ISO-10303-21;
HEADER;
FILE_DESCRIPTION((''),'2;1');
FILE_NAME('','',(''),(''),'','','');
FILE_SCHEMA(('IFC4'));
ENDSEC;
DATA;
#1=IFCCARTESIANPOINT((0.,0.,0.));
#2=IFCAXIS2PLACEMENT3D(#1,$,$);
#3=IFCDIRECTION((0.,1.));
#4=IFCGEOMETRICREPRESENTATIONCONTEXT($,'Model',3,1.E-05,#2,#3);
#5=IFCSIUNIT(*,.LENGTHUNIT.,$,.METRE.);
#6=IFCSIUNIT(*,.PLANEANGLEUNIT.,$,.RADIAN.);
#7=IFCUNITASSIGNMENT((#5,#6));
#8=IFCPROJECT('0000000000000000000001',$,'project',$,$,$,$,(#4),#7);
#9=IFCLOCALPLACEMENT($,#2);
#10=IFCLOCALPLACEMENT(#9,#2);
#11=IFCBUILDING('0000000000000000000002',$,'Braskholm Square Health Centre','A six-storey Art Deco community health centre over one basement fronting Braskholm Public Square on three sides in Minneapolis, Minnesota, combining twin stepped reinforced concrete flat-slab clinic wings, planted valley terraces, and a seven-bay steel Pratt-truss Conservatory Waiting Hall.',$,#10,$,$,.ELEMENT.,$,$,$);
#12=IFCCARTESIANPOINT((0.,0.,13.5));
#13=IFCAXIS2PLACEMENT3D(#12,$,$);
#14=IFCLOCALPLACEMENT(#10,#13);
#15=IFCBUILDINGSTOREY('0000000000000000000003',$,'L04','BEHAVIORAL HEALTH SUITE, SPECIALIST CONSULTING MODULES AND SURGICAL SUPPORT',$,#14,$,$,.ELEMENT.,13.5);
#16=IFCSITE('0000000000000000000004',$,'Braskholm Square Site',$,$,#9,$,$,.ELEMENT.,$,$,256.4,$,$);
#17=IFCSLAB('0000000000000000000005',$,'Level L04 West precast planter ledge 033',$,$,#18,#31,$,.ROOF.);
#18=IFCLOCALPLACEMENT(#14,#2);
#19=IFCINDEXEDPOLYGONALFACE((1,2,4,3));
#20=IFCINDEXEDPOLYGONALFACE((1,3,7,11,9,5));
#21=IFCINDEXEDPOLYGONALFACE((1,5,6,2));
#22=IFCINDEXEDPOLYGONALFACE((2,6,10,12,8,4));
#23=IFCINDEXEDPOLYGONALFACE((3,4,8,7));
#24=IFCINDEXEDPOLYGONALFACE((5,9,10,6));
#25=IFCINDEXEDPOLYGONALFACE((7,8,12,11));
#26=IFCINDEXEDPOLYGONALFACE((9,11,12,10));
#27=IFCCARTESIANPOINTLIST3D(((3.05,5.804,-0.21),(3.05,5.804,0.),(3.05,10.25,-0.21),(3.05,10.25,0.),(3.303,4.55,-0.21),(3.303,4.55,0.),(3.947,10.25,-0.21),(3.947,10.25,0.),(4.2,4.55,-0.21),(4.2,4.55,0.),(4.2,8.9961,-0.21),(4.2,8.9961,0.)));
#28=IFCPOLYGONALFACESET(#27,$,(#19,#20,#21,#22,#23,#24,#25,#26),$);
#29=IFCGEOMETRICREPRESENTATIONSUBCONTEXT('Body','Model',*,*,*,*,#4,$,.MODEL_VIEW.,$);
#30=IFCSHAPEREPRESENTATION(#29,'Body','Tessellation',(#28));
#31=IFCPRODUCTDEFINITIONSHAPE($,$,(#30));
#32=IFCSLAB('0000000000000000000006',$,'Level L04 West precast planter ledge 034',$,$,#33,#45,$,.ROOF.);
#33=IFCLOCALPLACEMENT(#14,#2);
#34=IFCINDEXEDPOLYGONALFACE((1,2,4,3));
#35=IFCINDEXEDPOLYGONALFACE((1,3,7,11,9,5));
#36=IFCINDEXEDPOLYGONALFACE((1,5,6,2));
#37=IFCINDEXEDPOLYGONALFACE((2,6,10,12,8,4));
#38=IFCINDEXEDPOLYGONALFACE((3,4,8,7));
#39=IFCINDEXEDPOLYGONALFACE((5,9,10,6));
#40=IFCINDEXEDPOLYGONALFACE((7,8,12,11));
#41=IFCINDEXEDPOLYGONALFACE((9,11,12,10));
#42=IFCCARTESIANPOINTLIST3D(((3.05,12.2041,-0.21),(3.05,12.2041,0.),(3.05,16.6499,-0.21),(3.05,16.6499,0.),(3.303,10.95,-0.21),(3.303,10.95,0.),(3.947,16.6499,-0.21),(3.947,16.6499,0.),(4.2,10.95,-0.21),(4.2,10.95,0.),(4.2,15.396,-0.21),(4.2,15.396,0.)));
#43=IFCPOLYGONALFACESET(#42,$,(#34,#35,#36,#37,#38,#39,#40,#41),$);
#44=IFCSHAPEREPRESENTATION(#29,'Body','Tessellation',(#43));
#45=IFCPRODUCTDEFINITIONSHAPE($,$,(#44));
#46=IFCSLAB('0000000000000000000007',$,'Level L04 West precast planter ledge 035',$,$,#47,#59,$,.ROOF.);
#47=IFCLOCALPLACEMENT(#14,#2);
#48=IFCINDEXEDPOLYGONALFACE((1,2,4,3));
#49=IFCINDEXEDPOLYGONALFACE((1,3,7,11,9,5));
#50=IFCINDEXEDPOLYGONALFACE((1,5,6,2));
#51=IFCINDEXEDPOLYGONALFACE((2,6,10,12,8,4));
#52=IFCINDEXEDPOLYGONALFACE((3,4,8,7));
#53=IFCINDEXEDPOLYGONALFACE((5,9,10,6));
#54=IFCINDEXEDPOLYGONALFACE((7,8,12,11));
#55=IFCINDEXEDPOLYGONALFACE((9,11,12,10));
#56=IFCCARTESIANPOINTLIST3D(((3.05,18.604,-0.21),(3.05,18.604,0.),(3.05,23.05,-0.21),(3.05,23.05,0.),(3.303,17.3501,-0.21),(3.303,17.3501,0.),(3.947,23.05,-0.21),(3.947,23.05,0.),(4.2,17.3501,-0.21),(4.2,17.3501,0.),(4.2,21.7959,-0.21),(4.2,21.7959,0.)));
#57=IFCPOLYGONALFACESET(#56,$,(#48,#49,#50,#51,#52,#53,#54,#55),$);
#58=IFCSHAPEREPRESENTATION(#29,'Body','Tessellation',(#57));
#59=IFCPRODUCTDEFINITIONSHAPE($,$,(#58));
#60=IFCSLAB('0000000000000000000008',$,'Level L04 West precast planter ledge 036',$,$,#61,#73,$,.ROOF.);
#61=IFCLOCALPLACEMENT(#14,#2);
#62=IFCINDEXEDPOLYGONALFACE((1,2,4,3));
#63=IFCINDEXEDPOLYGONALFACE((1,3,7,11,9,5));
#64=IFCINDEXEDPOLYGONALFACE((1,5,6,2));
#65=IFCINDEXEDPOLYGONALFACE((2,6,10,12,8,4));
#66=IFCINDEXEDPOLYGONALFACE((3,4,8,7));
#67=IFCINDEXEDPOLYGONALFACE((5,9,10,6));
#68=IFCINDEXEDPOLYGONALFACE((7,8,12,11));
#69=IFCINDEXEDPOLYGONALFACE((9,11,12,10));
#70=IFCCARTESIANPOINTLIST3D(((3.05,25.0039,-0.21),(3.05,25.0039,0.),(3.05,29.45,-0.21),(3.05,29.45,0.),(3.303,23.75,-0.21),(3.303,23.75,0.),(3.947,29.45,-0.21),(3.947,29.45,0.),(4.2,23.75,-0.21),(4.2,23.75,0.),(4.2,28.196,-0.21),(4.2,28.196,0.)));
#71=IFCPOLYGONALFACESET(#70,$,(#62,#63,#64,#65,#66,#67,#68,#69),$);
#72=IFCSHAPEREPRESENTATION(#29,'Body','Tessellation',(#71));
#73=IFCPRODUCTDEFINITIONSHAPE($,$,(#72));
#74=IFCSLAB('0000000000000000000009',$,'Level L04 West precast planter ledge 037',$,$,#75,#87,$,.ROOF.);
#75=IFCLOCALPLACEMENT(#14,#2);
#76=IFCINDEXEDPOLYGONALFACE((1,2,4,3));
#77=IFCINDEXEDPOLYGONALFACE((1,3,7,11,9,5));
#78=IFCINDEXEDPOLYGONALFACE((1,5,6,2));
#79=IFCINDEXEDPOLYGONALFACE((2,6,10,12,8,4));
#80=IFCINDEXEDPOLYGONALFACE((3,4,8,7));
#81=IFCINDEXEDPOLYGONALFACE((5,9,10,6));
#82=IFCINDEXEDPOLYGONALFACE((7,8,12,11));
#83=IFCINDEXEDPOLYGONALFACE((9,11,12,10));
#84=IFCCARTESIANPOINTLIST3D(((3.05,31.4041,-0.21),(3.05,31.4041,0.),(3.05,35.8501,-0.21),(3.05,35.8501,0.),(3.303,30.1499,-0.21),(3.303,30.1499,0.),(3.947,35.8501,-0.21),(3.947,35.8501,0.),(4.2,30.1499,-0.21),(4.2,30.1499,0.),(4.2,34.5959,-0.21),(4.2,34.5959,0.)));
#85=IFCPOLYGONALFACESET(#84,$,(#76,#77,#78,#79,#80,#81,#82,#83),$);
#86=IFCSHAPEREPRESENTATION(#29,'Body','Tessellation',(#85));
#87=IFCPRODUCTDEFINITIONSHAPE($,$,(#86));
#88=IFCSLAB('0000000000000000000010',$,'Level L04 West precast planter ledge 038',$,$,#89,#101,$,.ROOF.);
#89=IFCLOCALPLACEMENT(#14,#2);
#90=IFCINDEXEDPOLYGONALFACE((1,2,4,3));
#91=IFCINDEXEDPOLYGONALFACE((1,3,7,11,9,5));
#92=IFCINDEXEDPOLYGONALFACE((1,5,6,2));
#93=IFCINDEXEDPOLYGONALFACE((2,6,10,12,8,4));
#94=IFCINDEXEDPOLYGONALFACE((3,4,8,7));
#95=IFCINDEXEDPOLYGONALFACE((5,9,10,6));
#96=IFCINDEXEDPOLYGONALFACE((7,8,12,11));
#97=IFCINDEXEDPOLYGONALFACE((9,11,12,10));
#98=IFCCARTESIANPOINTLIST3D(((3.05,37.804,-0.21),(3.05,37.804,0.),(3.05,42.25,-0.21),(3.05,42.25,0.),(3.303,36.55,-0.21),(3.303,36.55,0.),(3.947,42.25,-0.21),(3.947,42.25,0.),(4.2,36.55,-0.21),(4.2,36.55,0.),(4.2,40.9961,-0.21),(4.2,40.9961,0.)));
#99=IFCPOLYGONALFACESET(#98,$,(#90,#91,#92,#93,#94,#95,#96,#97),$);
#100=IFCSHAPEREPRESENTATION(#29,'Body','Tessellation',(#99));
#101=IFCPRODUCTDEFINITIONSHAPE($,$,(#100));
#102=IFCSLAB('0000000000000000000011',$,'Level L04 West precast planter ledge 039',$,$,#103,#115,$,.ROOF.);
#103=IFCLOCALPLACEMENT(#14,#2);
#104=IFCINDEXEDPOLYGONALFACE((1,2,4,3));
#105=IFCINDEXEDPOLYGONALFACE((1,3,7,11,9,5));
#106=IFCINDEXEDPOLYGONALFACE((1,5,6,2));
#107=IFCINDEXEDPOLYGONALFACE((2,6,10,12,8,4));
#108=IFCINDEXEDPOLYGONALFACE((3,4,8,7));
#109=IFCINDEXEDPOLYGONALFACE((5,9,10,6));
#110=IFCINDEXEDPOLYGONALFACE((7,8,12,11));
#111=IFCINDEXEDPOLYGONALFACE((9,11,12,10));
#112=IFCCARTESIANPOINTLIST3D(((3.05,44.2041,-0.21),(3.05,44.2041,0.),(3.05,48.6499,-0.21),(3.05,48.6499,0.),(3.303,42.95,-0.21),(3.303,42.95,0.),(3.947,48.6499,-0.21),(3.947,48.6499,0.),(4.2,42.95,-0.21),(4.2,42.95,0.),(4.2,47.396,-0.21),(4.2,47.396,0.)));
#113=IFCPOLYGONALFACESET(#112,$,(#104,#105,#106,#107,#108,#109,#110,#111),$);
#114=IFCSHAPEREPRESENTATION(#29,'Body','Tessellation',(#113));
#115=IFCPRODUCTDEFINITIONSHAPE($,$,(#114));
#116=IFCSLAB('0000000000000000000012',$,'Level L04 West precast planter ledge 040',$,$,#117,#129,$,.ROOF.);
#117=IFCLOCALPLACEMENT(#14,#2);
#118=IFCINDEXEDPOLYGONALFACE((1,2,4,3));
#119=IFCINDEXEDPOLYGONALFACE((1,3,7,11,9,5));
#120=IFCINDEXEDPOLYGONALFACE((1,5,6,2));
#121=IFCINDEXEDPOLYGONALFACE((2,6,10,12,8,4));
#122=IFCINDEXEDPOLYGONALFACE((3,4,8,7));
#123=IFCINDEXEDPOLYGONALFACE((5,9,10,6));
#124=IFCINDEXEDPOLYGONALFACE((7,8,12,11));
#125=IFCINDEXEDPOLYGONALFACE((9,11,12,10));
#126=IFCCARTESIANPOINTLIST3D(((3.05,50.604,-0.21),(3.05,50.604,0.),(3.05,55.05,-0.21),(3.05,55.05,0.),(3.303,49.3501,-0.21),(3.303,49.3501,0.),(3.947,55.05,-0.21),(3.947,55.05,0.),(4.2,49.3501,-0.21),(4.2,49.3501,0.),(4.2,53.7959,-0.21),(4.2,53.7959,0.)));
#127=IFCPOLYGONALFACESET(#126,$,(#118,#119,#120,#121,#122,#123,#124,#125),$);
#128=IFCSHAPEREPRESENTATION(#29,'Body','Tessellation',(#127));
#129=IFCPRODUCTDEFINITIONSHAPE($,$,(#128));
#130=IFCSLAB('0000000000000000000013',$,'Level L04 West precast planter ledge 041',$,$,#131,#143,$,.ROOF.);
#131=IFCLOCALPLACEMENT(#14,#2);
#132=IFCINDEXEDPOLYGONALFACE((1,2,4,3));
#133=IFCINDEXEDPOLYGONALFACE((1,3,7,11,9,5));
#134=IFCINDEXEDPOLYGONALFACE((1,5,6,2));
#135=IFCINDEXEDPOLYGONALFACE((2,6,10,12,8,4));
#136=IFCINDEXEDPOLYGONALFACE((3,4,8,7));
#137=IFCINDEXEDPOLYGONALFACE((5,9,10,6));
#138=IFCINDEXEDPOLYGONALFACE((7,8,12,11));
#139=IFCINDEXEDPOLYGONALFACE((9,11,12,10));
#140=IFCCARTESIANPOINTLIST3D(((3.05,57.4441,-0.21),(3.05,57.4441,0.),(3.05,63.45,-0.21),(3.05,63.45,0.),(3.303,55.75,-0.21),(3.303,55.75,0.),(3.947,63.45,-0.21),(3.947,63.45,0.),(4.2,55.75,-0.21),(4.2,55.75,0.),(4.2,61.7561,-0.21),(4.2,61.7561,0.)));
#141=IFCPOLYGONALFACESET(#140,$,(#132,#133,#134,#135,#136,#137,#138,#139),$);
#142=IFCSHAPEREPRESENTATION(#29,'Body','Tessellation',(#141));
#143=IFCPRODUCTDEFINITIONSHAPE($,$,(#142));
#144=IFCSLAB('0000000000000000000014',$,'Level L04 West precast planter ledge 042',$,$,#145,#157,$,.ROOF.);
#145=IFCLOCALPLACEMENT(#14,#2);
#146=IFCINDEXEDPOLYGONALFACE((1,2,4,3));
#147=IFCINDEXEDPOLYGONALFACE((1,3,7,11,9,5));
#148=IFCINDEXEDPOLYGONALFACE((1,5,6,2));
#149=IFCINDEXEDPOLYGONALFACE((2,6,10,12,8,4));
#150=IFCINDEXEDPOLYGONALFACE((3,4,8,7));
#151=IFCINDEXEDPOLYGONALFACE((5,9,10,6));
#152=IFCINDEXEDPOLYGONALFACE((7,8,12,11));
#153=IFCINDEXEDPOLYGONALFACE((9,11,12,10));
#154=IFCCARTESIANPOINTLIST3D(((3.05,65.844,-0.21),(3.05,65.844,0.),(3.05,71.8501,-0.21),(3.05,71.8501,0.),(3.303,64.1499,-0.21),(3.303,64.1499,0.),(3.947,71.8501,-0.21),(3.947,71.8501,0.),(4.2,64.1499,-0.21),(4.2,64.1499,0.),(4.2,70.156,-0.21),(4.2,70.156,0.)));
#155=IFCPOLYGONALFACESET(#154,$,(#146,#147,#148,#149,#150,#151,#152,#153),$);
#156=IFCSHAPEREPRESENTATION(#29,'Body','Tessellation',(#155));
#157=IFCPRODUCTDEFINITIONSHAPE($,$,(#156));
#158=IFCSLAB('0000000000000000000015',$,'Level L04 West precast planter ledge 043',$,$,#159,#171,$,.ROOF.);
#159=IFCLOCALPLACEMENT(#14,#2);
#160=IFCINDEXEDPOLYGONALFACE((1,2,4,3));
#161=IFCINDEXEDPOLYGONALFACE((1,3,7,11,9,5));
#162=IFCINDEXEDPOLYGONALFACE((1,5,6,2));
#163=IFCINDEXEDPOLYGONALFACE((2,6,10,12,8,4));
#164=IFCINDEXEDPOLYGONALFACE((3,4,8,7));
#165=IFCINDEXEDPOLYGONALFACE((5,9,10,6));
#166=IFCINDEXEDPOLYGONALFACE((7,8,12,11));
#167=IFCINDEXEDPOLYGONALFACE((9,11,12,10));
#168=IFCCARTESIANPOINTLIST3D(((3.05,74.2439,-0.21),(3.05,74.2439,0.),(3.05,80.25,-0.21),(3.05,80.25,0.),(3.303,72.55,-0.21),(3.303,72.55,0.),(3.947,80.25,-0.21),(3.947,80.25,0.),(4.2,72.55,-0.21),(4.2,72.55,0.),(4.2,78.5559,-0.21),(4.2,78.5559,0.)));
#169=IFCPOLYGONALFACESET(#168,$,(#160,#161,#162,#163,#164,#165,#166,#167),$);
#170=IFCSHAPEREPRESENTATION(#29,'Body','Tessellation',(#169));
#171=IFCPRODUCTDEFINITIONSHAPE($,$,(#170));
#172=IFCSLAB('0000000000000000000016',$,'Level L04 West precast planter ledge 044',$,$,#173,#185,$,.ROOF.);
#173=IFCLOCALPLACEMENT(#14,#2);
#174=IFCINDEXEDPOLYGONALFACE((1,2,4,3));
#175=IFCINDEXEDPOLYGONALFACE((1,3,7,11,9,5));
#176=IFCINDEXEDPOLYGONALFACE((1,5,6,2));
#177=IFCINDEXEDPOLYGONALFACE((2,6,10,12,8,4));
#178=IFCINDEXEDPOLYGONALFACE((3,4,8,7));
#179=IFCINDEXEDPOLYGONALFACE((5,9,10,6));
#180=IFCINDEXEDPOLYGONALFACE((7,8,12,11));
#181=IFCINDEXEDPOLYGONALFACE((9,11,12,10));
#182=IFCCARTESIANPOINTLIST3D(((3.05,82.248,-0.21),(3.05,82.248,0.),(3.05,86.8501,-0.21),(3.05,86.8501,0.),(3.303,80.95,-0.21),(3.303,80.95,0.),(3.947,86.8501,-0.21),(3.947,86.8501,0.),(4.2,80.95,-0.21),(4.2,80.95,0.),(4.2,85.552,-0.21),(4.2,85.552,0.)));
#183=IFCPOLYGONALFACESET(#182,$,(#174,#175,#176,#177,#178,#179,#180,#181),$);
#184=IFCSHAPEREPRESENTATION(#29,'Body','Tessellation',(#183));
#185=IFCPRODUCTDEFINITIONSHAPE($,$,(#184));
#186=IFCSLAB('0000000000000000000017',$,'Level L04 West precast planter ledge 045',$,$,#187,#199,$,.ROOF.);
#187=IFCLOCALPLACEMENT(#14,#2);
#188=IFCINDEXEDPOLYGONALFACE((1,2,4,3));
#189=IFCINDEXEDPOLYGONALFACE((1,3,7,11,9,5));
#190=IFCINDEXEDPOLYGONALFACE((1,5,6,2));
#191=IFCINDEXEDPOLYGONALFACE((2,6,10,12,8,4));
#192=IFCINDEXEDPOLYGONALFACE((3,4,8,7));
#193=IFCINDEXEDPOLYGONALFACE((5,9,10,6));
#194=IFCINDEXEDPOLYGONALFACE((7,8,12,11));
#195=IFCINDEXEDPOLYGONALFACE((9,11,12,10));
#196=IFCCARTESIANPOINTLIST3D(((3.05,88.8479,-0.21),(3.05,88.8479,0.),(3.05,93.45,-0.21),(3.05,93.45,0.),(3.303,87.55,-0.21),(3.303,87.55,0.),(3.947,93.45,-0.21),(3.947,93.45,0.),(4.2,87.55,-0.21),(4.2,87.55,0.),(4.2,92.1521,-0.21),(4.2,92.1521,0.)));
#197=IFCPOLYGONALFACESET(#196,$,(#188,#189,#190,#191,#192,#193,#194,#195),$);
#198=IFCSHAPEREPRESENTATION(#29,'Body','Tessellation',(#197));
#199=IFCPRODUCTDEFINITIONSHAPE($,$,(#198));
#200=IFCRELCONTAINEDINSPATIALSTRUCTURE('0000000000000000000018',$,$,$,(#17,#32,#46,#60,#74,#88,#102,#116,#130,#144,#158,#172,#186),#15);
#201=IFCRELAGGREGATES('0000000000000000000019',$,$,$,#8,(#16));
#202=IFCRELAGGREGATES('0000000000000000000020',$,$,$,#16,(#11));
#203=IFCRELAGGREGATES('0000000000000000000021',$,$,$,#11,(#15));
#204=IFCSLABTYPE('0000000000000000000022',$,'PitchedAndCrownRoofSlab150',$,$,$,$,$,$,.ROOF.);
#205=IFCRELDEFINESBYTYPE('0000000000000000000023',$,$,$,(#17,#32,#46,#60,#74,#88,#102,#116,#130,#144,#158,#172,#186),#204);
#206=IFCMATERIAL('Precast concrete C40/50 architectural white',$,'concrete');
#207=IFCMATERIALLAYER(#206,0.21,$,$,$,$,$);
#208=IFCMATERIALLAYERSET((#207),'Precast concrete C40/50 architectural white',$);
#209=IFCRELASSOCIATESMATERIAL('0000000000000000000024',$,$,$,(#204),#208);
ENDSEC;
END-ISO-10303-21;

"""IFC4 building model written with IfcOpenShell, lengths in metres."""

from ifc_helpers import new_model, si_unit, direction, frame, origin, place, context, subcontext, project, spatial, polyline, outline, extrude, material, layer, layer_set, type_object, element, save


model = new_model("IFC4")

# Units and contexts
model_context = context("Model", 3, precision=1e-05, world=origin(), true_north=direction((0.0, 1.0)))
body_context = subcontext(model_context, "Body", "Model", "MODEL_VIEW")
ifc_project = project(units=[si_unit("LENGTHUNIT", "METRE"), si_unit("PLANEANGLEUNIT", "RADIAN")], contexts=[model_context])

# Site, building, storey
site_placement = place(None, origin())
site = spatial("IfcSite", under=ifc_project, at=site_placement, Name="Braskholm Square Site", CompositionType="ELEMENT", RefElevation=256.4)
building_placement = place(site_placement, origin())
building = spatial("IfcBuilding", under=site, at=building_placement, Name="Braskholm Square Health Centre", Description="A six-storey Art Deco community health centre over one basement fronting Braskholm Public Square on three sides in Minneapolis, Minnesota, combining twin stepped reinforced concrete flat-slab clinic wings, planted valley terraces, and a seven-bay steel Pratt-truss Conservatory Waiting Hall.", CompositionType="ELEMENT")
storey_placement = place(building_placement, frame((0.0, 0.0, 13.5)))
storey = spatial("IfcBuildingStorey", under=building, at=storey_placement, Name="L04", Description="BEHAVIORAL HEALTH SUITE, SPECIALIST CONSULTING MODULES AND SURGICAL SUPPORT", CompositionType="ELEMENT", Elevation=13.5)

# Slabs
ifc_material_1 = material(Name="Precast concrete C40/50 architectural white", Category="concrete")
ifc_layer_1 = layer(ifc_material_1, 0.21)
ifc_layer_set_1 = layer_set([ifc_layer_1], Name="Precast concrete C40/50 architectural white")
slab_type_1 = type_object("IfcSlabType", Name="PitchedAndCrownRoofSlab150", PredefinedType="ROOF", material=ifc_layer_set_1)
slab_1_placement = place(storey_placement, frame((0.0, 0.0, -0.21)))
element("IfcSlab", 1, at=slab_1_placement, inside=storey, type_object=slab_type_1, Name="Level L04 West precast planter ledge 033", PredefinedType="ROOF", context=body_context, shape_type="SweptSolid", body=[
    extrude(outline(polyline([(3.303, 4.55), (4.2, 4.55), (4.2, 8.9961), (3.947, 10.25), (3.05, 10.25), (3.05, 5.804), (3.303, 4.55)])), origin(), (0.0, 0.0, 1.0), 0.21),
])
slab_2_placement = place(storey_placement, frame((0.0, 0.0, -0.21)))
element("IfcSlab", 2, at=slab_2_placement, inside=storey, type_object=slab_type_1, Name="Level L04 West precast planter ledge 034", PredefinedType="ROOF", context=body_context, shape_type="SweptSolid", body=[
    extrude(outline(polyline([(3.303, 10.95), (4.2, 10.95), (4.2, 15.396), (3.947, 16.6499), (3.05, 16.6499), (3.05, 12.2041), (3.303, 10.95)])), origin(), (0.0, 0.0, 1.0), 0.21),
])
slab_3_placement = place(storey_placement, frame((0.0, 0.0, -0.21)))
element("IfcSlab", 3, at=slab_3_placement, inside=storey, type_object=slab_type_1, Name="Level L04 West precast planter ledge 035", PredefinedType="ROOF", context=body_context, shape_type="SweptSolid", body=[
    extrude(outline(polyline([(3.303, 17.3501), (4.2, 17.3501), (4.2, 21.7959), (3.947, 23.05), (3.05, 23.05), (3.05, 18.604), (3.303, 17.3501)])), origin(), (0.0, 0.0, 1.0), 0.21),
])
slab_4_placement = place(storey_placement, frame((0.0, 0.0, -0.21)))
element("IfcSlab", 4, at=slab_4_placement, inside=storey, type_object=slab_type_1, Name="Level L04 West precast planter ledge 036", PredefinedType="ROOF", context=body_context, shape_type="SweptSolid", body=[
    extrude(outline(polyline([(3.303, 23.75), (4.2, 23.75), (4.2, 28.196), (3.947, 29.45), (3.05, 29.45), (3.05, 25.0039), (3.303, 23.75)])), origin(), (0.0, 0.0, 1.0), 0.21),
])
slab_5_placement = place(storey_placement, frame((0.0, 0.0, -0.21)))
element("IfcSlab", 5, at=slab_5_placement, inside=storey, type_object=slab_type_1, Name="Level L04 West precast planter ledge 037", PredefinedType="ROOF", context=body_context, shape_type="SweptSolid", body=[
    extrude(outline(polyline([(3.303, 30.1499), (4.2, 30.1499), (4.2, 34.5959), (3.947, 35.8501), (3.05, 35.8501), (3.05, 31.4041), (3.303, 30.1499)])), origin(), (0.0, 0.0, 1.0), 0.21),
])
slab_6_placement = place(storey_placement, frame((0.0, 0.0, -0.21)))
element("IfcSlab", 6, at=slab_6_placement, inside=storey, type_object=slab_type_1, Name="Level L04 West precast planter ledge 038", PredefinedType="ROOF", context=body_context, shape_type="SweptSolid", body=[
    extrude(outline(polyline([(3.303, 36.55), (4.2, 36.55), (4.2, 40.9961), (3.947, 42.25), (3.05, 42.25), (3.05, 37.804), (3.303, 36.55)])), origin(), (0.0, 0.0, 1.0), 0.21),
])
slab_7_placement = place(storey_placement, frame((0.0, 0.0, -0.21)))
element("IfcSlab", 7, at=slab_7_placement, inside=storey, type_object=slab_type_1, Name="Level L04 West precast planter ledge 039", PredefinedType="ROOF", context=body_context, shape_type="SweptSolid", body=[
    extrude(outline(polyline([(3.303, 42.95), (4.2, 42.95), (4.2, 47.396), (3.947, 48.6499), (3.05, 48.6499), (3.05, 44.2041), (3.303, 42.95)])), origin(), (0.0, 0.0, 1.0), 0.21),
])
slab_8_placement = place(storey_placement, frame((0.0, 0.0, -0.21)))
element("IfcSlab", 8, at=slab_8_placement, inside=storey, type_object=slab_type_1, Name="Level L04 West precast planter ledge 040", PredefinedType="ROOF", context=body_context, shape_type="SweptSolid", body=[
    extrude(outline(polyline([(3.303, 49.3501), (4.2, 49.3501), (4.2, 53.7959), (3.947, 55.05), (3.05, 55.05), (3.05, 50.604), (3.303, 49.3501)])), origin(), (0.0, 0.0, 1.0), 0.21),
])
slab_9_placement = place(storey_placement, frame((0.0, 0.0, -0.21)))
element("IfcSlab", 9, at=slab_9_placement, inside=storey, type_object=slab_type_1, Name="Level L04 West precast planter ledge 041", PredefinedType="ROOF", context=body_context, shape_type="SweptSolid", body=[
    extrude(outline(polyline([(3.303, 55.75), (4.2, 55.75), (4.2, 61.7561), (3.947, 63.45), (3.05, 63.45), (3.05, 57.4441), (3.303, 55.75)])), origin(), (0.0, 0.0, 1.0), 0.21),
])
slab_10_placement = place(storey_placement, frame((0.0, 0.0, -0.21)))
element("IfcSlab", 10, at=slab_10_placement, inside=storey, type_object=slab_type_1, Name="Level L04 West precast planter ledge 042", PredefinedType="ROOF", context=body_context, shape_type="SweptSolid", body=[
    extrude(outline(polyline([(3.303, 64.1499), (4.2, 64.1499), (4.2, 70.156), (3.947, 71.8501), (3.05, 71.8501), (3.05, 65.844), (3.303, 64.1499)])), origin(), (0.0, 0.0, 1.0), 0.21),
])
slab_11_placement = place(storey_placement, frame((0.0, 0.0, -0.21)))
element("IfcSlab", 11, at=slab_11_placement, inside=storey, type_object=slab_type_1, Name="Level L04 West precast planter ledge 043", PredefinedType="ROOF", context=body_context, shape_type="SweptSolid", body=[
    extrude(outline(polyline([(3.303, 72.55), (4.2, 72.55), (4.2, 78.5559), (3.947, 80.25), (3.05, 80.25), (3.05, 74.2439), (3.303, 72.55)])), origin(), (0.0, 0.0, 1.0), 0.21),
])
slab_12_placement = place(storey_placement, frame((0.0, 0.0, -0.21)))
element("IfcSlab", 12, at=slab_12_placement, inside=storey, type_object=slab_type_1, Name="Level L04 West precast planter ledge 044", PredefinedType="ROOF", context=body_context, shape_type="SweptSolid", body=[
    extrude(outline(polyline([(3.303, 80.95), (4.2, 80.95), (4.2, 85.552), (3.947, 86.8501), (3.05, 86.8501), (3.05, 82.248), (3.303, 80.95)])), origin(), (0.0, 0.0, 1.0), 0.21),
])
slab_13_placement = place(storey_placement, frame((0.0, 0.0, -0.21)))
element("IfcSlab", 13, at=slab_13_placement, inside=storey, type_object=slab_type_1, Name="Level L04 West precast planter ledge 045", PredefinedType="ROOF", context=body_context, shape_type="SweptSolid", body=[
    extrude(outline(polyline([(3.303, 87.55), (4.2, 87.55), (4.2, 92.1521), (3.947, 93.45), (3.05, 93.45), (3.05, 88.8479), (3.303, 87.55)])), origin(), (0.0, 0.0, 1.0), 0.21),
])

save(model, "model.ifc")
